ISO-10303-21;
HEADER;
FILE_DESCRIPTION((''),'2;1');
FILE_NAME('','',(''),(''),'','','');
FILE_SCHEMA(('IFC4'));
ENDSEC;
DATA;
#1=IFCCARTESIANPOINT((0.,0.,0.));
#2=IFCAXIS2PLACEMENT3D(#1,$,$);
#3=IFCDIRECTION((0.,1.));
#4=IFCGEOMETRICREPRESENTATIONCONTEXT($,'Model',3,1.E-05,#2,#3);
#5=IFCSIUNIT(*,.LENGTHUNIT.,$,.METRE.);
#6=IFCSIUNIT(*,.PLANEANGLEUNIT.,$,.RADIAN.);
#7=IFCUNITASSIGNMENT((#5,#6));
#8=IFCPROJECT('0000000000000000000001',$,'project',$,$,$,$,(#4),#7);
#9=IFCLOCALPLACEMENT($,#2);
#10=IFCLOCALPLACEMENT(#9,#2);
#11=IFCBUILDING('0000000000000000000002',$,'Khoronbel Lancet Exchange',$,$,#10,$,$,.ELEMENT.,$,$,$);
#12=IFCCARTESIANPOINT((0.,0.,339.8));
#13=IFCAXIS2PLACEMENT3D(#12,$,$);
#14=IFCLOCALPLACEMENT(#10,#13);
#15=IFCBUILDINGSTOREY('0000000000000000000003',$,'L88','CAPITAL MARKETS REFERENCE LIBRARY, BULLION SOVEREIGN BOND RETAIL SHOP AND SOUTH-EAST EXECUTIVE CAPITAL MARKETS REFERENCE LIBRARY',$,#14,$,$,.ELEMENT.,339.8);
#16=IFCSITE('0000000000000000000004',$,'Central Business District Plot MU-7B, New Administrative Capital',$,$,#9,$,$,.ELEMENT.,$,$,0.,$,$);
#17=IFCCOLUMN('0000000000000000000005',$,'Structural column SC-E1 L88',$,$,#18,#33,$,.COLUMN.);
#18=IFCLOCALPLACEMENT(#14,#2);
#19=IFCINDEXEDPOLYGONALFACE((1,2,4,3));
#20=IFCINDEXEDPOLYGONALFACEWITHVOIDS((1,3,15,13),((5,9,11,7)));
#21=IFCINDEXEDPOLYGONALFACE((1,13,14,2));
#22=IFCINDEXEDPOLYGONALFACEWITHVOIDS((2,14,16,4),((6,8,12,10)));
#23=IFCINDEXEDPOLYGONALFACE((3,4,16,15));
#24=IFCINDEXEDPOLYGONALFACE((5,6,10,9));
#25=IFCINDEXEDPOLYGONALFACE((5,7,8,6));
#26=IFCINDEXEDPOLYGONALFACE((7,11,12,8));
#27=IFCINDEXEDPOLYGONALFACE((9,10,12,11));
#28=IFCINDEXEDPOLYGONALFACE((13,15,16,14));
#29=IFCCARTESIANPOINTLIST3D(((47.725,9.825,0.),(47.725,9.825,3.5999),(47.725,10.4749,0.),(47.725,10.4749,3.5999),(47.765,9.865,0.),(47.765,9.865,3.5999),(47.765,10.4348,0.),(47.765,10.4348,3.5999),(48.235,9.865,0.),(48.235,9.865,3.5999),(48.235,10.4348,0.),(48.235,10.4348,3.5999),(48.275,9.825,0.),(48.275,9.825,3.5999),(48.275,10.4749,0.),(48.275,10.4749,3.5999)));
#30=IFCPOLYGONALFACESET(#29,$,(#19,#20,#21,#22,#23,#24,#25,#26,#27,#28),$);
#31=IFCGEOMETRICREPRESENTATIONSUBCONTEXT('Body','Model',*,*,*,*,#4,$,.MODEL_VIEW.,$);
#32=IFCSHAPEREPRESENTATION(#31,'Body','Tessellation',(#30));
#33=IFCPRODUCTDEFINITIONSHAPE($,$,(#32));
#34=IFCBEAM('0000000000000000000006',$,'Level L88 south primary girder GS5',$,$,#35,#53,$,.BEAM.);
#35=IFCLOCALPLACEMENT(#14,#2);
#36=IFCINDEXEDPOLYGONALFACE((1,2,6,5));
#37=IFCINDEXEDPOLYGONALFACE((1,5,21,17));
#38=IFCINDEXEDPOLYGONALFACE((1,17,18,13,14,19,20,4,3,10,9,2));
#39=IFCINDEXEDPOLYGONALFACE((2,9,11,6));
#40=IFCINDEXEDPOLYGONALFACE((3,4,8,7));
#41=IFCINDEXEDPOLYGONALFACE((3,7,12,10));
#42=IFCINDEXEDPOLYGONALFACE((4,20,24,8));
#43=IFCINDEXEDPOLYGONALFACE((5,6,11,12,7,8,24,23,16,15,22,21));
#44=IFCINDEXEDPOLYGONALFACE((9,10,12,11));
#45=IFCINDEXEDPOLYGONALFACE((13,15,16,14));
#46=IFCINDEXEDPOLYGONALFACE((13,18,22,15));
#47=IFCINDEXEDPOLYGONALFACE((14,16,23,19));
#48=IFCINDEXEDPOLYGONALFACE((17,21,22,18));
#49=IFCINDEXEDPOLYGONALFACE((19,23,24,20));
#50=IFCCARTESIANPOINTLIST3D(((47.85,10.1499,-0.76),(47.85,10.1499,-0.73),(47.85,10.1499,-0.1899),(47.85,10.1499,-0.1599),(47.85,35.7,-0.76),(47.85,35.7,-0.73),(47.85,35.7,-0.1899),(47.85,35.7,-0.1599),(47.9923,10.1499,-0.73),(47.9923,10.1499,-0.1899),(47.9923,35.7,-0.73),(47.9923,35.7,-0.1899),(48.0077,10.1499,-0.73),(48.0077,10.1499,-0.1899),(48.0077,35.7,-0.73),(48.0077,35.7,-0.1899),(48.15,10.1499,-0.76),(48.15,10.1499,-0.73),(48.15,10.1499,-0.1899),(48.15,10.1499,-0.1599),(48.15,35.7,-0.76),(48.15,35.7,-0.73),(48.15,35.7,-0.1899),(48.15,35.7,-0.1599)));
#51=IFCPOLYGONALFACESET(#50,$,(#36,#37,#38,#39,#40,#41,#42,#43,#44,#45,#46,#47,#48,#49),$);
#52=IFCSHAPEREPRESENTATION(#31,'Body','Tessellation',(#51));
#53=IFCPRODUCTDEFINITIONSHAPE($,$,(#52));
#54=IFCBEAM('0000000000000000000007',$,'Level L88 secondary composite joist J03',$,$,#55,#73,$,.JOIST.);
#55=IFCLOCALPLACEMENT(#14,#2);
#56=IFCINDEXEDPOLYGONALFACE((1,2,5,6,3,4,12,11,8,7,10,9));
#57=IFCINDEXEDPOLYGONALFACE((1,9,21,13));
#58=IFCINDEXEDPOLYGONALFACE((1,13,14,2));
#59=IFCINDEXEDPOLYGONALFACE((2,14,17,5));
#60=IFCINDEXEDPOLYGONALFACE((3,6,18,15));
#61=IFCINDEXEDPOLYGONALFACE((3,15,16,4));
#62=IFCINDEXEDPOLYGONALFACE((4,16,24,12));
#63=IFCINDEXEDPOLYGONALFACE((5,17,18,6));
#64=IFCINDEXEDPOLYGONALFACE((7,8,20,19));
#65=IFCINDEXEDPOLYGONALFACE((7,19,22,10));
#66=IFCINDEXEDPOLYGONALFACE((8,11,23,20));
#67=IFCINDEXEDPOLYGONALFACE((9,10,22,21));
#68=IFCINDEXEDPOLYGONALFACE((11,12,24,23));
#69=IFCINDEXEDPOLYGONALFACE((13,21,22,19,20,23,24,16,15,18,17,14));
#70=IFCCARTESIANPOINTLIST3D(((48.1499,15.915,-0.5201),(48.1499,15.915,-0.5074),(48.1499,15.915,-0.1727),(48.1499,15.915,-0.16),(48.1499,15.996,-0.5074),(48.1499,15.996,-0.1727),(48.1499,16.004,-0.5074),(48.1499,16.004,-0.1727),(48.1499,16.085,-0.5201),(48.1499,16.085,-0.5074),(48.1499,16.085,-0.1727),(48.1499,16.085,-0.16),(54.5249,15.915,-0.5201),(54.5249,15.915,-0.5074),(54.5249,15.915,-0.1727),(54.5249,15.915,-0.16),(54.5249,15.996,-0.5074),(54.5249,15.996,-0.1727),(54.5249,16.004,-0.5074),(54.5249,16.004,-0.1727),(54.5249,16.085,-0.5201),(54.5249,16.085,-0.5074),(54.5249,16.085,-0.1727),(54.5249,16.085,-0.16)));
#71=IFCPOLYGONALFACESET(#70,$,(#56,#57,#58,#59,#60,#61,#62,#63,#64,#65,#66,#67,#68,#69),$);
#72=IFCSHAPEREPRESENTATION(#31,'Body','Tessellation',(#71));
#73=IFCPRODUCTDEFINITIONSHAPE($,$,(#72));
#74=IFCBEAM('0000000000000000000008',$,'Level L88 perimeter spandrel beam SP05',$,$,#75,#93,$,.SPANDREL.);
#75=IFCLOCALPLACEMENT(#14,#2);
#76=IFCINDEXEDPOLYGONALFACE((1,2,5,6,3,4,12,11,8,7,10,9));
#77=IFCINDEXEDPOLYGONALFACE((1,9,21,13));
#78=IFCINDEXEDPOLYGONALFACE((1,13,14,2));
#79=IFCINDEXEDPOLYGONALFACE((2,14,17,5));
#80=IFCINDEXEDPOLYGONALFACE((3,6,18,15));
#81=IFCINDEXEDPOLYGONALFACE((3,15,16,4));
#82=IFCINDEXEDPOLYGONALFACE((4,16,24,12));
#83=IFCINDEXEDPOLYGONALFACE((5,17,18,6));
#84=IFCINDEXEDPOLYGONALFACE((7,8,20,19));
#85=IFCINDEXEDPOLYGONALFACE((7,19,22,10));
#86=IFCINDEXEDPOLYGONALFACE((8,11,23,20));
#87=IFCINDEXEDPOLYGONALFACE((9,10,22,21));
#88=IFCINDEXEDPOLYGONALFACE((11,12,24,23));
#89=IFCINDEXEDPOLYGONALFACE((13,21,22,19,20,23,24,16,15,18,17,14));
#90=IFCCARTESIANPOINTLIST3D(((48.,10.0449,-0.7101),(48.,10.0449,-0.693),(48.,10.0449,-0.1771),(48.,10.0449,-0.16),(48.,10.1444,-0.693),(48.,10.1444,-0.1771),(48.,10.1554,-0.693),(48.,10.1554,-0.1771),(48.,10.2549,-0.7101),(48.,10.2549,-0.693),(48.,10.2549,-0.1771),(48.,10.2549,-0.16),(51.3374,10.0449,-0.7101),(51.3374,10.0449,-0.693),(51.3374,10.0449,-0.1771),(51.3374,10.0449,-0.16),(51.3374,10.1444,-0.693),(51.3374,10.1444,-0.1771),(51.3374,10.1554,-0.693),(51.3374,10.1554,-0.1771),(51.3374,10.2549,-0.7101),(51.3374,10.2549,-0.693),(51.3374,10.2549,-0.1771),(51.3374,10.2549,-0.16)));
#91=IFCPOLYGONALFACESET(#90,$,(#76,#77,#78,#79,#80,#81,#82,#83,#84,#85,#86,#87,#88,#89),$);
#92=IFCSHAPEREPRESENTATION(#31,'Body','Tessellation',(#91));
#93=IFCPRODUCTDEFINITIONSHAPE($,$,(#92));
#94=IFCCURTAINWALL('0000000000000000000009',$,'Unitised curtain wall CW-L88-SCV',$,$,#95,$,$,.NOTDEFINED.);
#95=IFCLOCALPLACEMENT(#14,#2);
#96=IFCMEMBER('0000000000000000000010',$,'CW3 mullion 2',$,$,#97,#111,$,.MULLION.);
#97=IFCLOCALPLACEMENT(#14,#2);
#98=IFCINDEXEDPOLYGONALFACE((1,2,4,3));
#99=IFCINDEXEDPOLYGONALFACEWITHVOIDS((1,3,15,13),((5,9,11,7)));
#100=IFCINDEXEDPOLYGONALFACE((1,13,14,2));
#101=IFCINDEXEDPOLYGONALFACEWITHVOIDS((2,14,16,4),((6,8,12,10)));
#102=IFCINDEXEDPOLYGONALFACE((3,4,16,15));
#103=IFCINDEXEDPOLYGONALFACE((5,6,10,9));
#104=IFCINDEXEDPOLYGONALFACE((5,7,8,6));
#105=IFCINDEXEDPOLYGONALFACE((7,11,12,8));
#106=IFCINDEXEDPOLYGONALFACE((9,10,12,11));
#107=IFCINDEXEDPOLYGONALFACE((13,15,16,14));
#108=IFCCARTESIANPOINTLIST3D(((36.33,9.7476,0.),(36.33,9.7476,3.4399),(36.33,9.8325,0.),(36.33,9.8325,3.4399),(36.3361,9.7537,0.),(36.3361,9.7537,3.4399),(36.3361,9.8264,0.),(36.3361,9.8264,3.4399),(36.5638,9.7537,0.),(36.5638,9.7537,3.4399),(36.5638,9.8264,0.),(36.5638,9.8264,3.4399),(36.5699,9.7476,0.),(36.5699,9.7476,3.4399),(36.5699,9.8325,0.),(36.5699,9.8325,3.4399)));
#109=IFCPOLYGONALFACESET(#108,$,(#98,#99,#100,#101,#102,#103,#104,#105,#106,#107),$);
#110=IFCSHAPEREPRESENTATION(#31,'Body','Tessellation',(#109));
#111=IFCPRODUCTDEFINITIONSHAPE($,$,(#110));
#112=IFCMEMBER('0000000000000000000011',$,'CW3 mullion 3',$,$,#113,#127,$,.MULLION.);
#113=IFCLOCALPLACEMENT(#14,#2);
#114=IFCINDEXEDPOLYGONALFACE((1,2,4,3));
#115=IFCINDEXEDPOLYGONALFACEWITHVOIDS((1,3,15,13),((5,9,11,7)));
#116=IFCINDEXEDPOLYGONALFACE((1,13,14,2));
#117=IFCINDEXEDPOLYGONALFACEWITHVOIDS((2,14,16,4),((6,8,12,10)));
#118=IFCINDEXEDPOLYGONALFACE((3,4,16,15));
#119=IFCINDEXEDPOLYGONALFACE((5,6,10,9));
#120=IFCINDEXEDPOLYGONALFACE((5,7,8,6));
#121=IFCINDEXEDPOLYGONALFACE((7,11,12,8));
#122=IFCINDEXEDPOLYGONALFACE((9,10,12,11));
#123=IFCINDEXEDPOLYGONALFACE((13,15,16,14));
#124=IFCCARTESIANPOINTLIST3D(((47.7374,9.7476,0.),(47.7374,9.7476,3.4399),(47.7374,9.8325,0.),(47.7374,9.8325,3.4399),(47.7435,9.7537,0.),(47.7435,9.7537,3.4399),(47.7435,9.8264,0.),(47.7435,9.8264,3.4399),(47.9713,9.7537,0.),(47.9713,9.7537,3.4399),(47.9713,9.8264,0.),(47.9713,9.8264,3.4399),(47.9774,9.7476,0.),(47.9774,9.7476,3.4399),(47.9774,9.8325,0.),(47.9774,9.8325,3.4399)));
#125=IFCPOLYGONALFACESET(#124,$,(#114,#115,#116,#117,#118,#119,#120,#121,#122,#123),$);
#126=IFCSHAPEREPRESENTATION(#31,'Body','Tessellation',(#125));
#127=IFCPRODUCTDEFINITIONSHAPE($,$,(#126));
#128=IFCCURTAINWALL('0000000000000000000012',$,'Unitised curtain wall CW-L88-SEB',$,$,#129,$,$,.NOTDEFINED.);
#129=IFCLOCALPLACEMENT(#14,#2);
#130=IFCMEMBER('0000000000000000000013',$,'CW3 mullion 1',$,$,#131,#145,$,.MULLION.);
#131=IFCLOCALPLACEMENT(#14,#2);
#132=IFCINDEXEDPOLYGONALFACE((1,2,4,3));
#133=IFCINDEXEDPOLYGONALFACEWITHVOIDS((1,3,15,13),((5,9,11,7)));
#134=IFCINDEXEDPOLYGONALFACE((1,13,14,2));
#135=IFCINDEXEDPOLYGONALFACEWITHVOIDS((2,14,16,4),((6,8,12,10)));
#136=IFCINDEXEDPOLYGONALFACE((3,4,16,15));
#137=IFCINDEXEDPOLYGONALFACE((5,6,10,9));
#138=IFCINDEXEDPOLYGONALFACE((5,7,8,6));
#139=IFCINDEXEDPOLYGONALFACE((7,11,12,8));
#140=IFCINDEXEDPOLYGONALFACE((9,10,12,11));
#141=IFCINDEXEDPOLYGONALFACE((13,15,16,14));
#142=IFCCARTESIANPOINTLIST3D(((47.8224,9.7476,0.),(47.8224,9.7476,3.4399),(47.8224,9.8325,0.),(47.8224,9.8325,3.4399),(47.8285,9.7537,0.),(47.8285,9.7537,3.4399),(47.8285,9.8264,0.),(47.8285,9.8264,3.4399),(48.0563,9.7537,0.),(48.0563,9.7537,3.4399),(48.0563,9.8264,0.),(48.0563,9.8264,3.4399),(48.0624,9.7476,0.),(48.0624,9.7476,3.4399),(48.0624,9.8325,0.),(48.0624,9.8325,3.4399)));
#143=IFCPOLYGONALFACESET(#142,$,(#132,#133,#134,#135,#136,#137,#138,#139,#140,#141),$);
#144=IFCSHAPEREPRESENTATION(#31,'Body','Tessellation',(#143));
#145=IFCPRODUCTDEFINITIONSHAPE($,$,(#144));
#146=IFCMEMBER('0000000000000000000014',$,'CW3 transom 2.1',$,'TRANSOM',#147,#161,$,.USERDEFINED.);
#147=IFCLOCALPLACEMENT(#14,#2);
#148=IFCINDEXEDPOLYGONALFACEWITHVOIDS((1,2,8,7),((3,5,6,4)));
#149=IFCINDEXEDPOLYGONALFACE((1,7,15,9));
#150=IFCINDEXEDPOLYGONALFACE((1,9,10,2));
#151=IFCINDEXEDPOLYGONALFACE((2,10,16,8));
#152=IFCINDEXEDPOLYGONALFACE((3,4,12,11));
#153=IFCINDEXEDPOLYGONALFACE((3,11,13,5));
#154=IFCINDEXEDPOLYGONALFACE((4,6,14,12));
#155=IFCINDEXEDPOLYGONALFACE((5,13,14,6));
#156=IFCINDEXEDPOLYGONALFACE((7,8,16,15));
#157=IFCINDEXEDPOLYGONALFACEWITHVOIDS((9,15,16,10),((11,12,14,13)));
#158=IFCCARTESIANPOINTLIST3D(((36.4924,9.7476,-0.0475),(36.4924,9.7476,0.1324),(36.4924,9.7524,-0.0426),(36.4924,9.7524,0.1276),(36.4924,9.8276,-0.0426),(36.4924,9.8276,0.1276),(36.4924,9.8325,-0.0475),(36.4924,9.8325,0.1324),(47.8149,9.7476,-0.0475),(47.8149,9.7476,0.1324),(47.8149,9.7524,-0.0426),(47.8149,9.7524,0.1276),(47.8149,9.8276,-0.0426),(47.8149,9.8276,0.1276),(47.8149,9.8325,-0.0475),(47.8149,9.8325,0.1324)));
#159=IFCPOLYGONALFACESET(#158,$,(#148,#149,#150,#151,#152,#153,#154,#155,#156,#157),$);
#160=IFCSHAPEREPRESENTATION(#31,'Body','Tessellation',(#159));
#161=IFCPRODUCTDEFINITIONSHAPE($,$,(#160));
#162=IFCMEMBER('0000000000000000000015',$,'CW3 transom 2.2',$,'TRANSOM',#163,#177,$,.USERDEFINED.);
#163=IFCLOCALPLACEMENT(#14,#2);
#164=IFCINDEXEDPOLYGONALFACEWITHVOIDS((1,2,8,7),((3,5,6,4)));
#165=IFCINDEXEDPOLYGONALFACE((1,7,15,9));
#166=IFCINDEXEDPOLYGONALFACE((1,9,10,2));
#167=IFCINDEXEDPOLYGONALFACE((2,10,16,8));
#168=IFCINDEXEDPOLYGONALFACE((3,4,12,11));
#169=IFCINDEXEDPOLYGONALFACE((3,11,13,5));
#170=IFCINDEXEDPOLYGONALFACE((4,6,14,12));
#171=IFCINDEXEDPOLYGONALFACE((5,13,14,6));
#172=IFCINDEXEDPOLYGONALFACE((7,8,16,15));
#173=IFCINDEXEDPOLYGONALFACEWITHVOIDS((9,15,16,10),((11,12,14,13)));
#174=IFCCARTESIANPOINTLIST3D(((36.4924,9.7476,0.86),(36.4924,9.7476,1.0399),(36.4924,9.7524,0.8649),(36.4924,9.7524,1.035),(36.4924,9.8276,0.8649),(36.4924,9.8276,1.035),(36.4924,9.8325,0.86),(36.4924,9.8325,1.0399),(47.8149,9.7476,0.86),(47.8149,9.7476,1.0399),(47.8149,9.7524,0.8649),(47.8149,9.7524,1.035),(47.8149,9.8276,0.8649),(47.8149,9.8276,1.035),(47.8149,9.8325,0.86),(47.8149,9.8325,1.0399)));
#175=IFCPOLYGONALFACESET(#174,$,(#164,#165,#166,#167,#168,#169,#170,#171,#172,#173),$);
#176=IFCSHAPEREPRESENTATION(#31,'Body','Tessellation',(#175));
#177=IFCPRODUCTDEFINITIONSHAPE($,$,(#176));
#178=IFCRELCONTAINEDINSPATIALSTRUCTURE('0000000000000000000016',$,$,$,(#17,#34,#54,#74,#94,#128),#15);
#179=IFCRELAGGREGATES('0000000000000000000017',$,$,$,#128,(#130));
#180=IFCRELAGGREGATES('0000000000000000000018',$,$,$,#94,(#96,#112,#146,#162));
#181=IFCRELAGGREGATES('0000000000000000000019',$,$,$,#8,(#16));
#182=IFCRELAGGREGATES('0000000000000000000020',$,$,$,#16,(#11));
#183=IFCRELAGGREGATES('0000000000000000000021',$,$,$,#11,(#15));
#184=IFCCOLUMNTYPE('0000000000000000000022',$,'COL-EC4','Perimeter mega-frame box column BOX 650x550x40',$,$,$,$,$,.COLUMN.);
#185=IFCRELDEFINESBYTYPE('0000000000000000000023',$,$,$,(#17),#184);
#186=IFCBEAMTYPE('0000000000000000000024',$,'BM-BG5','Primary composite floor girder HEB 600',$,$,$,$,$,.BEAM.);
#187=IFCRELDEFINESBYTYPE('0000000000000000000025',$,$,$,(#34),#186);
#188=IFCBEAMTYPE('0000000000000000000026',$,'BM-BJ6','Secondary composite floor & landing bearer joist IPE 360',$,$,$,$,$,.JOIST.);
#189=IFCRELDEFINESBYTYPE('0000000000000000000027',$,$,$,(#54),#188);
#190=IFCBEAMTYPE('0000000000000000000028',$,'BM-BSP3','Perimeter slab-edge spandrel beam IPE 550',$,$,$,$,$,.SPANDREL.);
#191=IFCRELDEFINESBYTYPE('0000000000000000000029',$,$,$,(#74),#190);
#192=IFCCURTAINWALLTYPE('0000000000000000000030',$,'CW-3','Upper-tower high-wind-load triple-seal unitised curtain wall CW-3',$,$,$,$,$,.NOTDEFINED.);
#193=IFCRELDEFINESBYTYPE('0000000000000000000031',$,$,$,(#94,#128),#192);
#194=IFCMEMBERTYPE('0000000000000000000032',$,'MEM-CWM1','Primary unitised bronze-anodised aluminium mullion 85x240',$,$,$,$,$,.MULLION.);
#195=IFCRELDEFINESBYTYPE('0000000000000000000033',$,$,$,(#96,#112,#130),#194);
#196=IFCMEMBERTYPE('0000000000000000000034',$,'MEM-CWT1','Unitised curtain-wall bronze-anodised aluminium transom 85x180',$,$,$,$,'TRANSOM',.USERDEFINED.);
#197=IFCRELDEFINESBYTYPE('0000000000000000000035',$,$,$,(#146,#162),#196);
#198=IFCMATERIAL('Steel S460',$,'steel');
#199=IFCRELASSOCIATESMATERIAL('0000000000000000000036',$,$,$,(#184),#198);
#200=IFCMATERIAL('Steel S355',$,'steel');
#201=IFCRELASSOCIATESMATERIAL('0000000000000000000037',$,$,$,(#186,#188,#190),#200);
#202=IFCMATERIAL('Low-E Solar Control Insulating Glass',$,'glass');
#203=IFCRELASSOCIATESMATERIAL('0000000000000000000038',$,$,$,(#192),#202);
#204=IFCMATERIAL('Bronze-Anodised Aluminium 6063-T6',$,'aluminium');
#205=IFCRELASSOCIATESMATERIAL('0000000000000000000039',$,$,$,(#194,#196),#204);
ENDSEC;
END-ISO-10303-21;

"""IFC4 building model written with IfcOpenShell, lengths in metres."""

from ifc_helpers import new_model, si_unit, direction, frame, origin, origin_2d, place, context, subcontext, project, spatial, hollow_rectangle, i_section, extrude, material, material_profile, profile_set, type_object, element, aggregate, save


model = new_model("IFC4")

# Units and contexts
model_context = context("Model", 3, precision=1e-05, world=origin(), true_north=direction((0.0, 1.0)))
body_context = subcontext(model_context, "Body", "Model", "MODEL_VIEW")
ifc_project = project(units=[si_unit("LENGTHUNIT", "METRE"), si_unit("PLANEANGLEUNIT", "RADIAN")], contexts=[model_context])

# Site, building, storey
site_placement = place(None, origin())
site = spatial("IfcSite", under=ifc_project, at=site_placement, Name="Central Business District Plot MU-7B, New Administrative Capital", CompositionType="ELEMENT", RefElevation=0.0)
building_placement = place(site_placement, origin())
building = spatial("IfcBuilding", under=site, at=building_placement, Name="Khoronbel Lancet Exchange", CompositionType="ELEMENT")
storey_placement = place(building_placement, frame((0.0, 0.0, 339.8)))
storey = spatial("IfcBuildingStorey", under=building, at=storey_placement, Name="L88", Description="CAPITAL MARKETS REFERENCE LIBRARY, BULLION SOVEREIGN BOND RETAIL SHOP AND SOUTH-EAST EXECUTIVE CAPITAL MARKETS REFERENCE LIBRARY", CompositionType="ELEMENT", Elevation=339.8)

# Column
ifc_material_1 = material(Name="Steel S460", Category="steel")
ifc_material_profile_1 = material_profile(ifc_material_1, hollow_rectangle(XDim=0.55, YDim=0.6499, WallThickness=0.04, at=origin_2d()), Name="BOX 650x550x40")
ifc_profile_set_1 = profile_set([ifc_material_profile_1], Name="Steel S460")
column_type = type_object("IfcColumnType", Name="COL-EC4", Description="Perimeter mega-frame box column BOX 650x550x40", PredefinedType="COLUMN", material=ifc_profile_set_1)
column_placement = place(storey_placement, frame((48.0, 10.1499, 0.0), z_axis=(0.0, 0.0, 1.0), x_axis=(1.0, 0.0, 0.0)))
element("IfcColumn", 1, at=column_placement, inside=storey, type_object=column_type, Name="Structural column SC-E1 L88", PredefinedType="COLUMN", context=body_context, shape_type="SweptSolid", body=[
    extrude(hollow_rectangle(XDim=0.55, YDim=0.6499, WallThickness=0.04, at=origin_2d()), origin(), (0.0, 0.0, 1.0), 3.5999),
])

# Beams
ifc_material_2 = material(Name="Steel S355", Category="steel")
ifc_material_profile_2 = material_profile(ifc_material_2, i_section(OverallWidth=0.3, OverallDepth=0.6001, WebThickness=0.0154, FlangeThickness=0.03, at=origin_2d()), Name="HEB 600")
ifc_profile_set_2 = profile_set([ifc_material_profile_2], Name="Steel S355")
beam_type_1 = type_object("IfcBeamType", Name="BM-BG5", Description="Primary composite floor girder HEB 600", PredefinedType="BEAM", material=ifc_profile_set_2)
beam_1_placement = place(storey_placement, frame((48.0, 10.1499, -0.46), z_axis=(0.0, 1.0, 0.0), x_axis=(-1.0, 0.0, 0.0)))
element("IfcBeam", 2, at=beam_1_placement, inside=storey, type_object=beam_type_1, Name="Level L88 south primary girder GS5", PredefinedType="BEAM", context=body_context, shape_type="SweptSolid", body=[
    extrude(i_section(OverallWidth=0.3, OverallDepth=0.6001, WebThickness=0.0154, FlangeThickness=0.03, at=origin_2d()), origin(), (0.0, 0.0, 1.0), 25.55),
])
ifc_material_profile_3 = material_profile(ifc_material_2, i_section(OverallWidth=0.1699, OverallDepth=0.3601, WebThickness=0.0081, FlangeThickness=0.0127, at=origin_2d()), Name="IPE 360")
ifc_profile_set_3 = profile_set([ifc_material_profile_3], Name="Steel S355")
beam_type_2 = type_object("IfcBeamType", Name="BM-BJ6", Description="Secondary composite floor & landing bearer joist IPE 360", PredefinedType="JOIST", material=ifc_profile_set_3)
beam_2_placement = place(storey_placement, frame((48.1499, 16.0, -0.3401), z_axis=(1.0, 0.0, 0.0), x_axis=(0.0, 1.0, 0.0)))
element("IfcBeam", 3, at=beam_2_placement, inside=storey, type_object=beam_type_2, Name="Level L88 secondary composite joist J03", PredefinedType="JOIST", context=body_context, shape_type="SweptSolid", body=[
    extrude(i_section(OverallWidth=0.1699, OverallDepth=0.3601, WebThickness=0.0081, FlangeThickness=0.0127, at=origin_2d()), origin(), (0.0, 0.0, 1.0), 6.375),
])
ifc_material_profile_4 = material_profile(ifc_material_2, i_section(OverallWidth=0.21, OverallDepth=0.55, WebThickness=0.011, FlangeThickness=0.0171, at=origin_2d()), Name="IPE 550")
ifc_profile_set_4 = profile_set([ifc_material_profile_4], Name="Steel S355")
beam_type_3 = type_object("IfcBeamType", Name="BM-BSP3", Description="Perimeter slab-edge spandrel beam IPE 550", PredefinedType="SPANDREL", material=ifc_profile_set_4)
beam_3_placement = place(storey_placement, frame((48.0, 10.1499, -0.4351), z_axis=(1.0, 0.0, 0.0), x_axis=(0.0, 1.0, 0.0)))
element("IfcBeam", 4, at=beam_3_placement, inside=storey, type_object=beam_type_3, Name="Level L88 perimeter spandrel beam SP05", PredefinedType="SPANDREL", context=body_context, shape_type="SweptSolid", body=[
    extrude(i_section(OverallWidth=0.21, OverallDepth=0.55, WebThickness=0.011, FlangeThickness=0.0171, at=origin_2d()), origin(), (0.0, 0.0, 1.0), 3.3374),
])

# Curtain wall, members
ifc_material_3 = material(Name="Low-E Solar Control Insulating Glass", Category="glass")
curtain_wall_type = type_object("IfcCurtainWallType", Name="CW-3", Description="Upper-tower high-wind-load triple-seal unitised curtain wall CW-3", PredefinedType="NOTDEFINED", material=ifc_material_3)
curtain_wall_1_placement = place(storey_placement, origin())
curtain_wall_1 = element("IfcCurtainWall", 5, at=curtain_wall_1_placement, inside=storey, type_object=curtain_wall_type, Name="Unitised curtain wall CW-L88-SCV", PredefinedType="NOTDEFINED")
ifc_material_4 = material(Name="Bronze-Anodised Aluminium 6063-T6", Category="aluminium")
ifc_material_profile_5 = material_profile(ifc_material_4, hollow_rectangle(XDim=0.085, YDim=0.24, WallThickness=0.0061, at=origin_2d()), Name="ALU MULLION 85x240")
ifc_profile_set_5 = profile_set([ifc_material_profile_5], Name="Bronze-Anodised Aluminium 6063-T6")
member_type_1 = type_object("IfcMemberType", Name="MEM-CWM1", Description="Primary unitised bronze-anodised aluminium mullion 85x240", PredefinedType="MULLION", material=ifc_profile_set_5)
member_1_placement = place(storey_placement, frame((36.45, 9.79, 0.0), z_axis=(0.0, 0.0, 1.0), x_axis=(0.0, 1.0, 0.0)))
member_1 = element("IfcMember", 6, at=member_1_placement, type_object=member_type_1, Name="CW3 mullion 2", PredefinedType="MULLION", context=body_context, shape_type="SweptSolid", body=[
    extrude(hollow_rectangle(XDim=0.085, YDim=0.24, WallThickness=0.0061, at=origin_2d()), origin(), (0.0, 0.0, 1.0), 3.4399),
])
member_2_placement = place(storey_placement, frame((47.8574, 9.79, 0.0), z_axis=(0.0, 0.0, 1.0), x_axis=(0.0, 1.0, 0.0)))
member_2 = element("IfcMember", 7, at=member_2_placement, type_object=member_type_1, Name="CW3 mullion 3", PredefinedType="MULLION", context=body_context, shape_type="SweptSolid", body=[
    extrude(hollow_rectangle(XDim=0.085, YDim=0.24, WallThickness=0.0061, at=origin_2d()), origin(), (0.0, 0.0, 1.0), 3.4399),
])

# Curtain wall, member
curtain_wall_2_placement = place(storey_placement, origin())
curtain_wall_2 = element("IfcCurtainWall", 8, at=curtain_wall_2_placement, inside=storey, type_object=curtain_wall_type, Name="Unitised curtain wall CW-L88-SEB", PredefinedType="NOTDEFINED")
member_3_placement = place(storey_placement, frame((47.9424, 9.79, 0.0), z_axis=(0.0, 0.0, 1.0), x_axis=(0.0, 1.0, 0.0)))
member_3 = element("IfcMember", 9, at=member_3_placement, type_object=member_type_1, Name="CW3 mullion 1", PredefinedType="MULLION", context=body_context, shape_type="SweptSolid", body=[
    extrude(hollow_rectangle(XDim=0.085, YDim=0.24, WallThickness=0.0061, at=origin_2d()), origin(), (0.0, 0.0, 1.0), 3.4399),
])

# Members
ifc_material_profile_6 = material_profile(ifc_material_4, hollow_rectangle(XDim=0.085, YDim=0.1799, WallThickness=0.0049, at=origin_2d()), Name="ALU TRANSOM 85x180")
ifc_profile_set_6 = profile_set([ifc_material_profile_6], Name="Bronze-Anodised Aluminium 6063-T6")
member_type_2 = type_object("IfcMemberType", Name="MEM-CWT1", Description="Unitised curtain-wall bronze-anodised aluminium transom 85x180", ElementType="TRANSOM", PredefinedType="USERDEFINED", material=ifc_profile_set_6)
member_4_placement = place(storey_placement, frame((36.4924, 9.79, 0.0425), z_axis=(1.0, 0.0, 0.0), x_axis=(0.0, 1.0, 0.0)))
member_4 = element("IfcMember", 10, at=member_4_placement, type_object=member_type_2, Name="CW3 transom 2.1", ObjectType="TRANSOM", PredefinedType="USERDEFINED", context=body_context, shape_type="SweptSolid", body=[
    extrude(hollow_rectangle(XDim=0.085, YDim=0.1799, WallThickness=0.0049, at=origin_2d()), origin(), (0.0, 0.0, 1.0), 11.3225),
])
member_5_placement = place(storey_placement, frame((36.4924, 9.79, 0.95), z_axis=(1.0, 0.0, 0.0), x_axis=(0.0, 1.0, 0.0)))
member_5 = element("IfcMember", 11, at=member_5_placement, type_object=member_type_2, Name="CW3 transom 2.2", ObjectType="TRANSOM", PredefinedType="USERDEFINED", context=body_context, shape_type="SweptSolid", body=[
    extrude(hollow_rectangle(XDim=0.085, YDim=0.1799, WallThickness=0.0049, at=origin_2d()), origin(), (0.0, 0.0, 1.0), 11.3225),
])
aggregate(curtain_wall_2, [member_3])

aggregate(curtain_wall_1, [member_1, member_2, member_4, member_5])

save(model, "model.ifc")
